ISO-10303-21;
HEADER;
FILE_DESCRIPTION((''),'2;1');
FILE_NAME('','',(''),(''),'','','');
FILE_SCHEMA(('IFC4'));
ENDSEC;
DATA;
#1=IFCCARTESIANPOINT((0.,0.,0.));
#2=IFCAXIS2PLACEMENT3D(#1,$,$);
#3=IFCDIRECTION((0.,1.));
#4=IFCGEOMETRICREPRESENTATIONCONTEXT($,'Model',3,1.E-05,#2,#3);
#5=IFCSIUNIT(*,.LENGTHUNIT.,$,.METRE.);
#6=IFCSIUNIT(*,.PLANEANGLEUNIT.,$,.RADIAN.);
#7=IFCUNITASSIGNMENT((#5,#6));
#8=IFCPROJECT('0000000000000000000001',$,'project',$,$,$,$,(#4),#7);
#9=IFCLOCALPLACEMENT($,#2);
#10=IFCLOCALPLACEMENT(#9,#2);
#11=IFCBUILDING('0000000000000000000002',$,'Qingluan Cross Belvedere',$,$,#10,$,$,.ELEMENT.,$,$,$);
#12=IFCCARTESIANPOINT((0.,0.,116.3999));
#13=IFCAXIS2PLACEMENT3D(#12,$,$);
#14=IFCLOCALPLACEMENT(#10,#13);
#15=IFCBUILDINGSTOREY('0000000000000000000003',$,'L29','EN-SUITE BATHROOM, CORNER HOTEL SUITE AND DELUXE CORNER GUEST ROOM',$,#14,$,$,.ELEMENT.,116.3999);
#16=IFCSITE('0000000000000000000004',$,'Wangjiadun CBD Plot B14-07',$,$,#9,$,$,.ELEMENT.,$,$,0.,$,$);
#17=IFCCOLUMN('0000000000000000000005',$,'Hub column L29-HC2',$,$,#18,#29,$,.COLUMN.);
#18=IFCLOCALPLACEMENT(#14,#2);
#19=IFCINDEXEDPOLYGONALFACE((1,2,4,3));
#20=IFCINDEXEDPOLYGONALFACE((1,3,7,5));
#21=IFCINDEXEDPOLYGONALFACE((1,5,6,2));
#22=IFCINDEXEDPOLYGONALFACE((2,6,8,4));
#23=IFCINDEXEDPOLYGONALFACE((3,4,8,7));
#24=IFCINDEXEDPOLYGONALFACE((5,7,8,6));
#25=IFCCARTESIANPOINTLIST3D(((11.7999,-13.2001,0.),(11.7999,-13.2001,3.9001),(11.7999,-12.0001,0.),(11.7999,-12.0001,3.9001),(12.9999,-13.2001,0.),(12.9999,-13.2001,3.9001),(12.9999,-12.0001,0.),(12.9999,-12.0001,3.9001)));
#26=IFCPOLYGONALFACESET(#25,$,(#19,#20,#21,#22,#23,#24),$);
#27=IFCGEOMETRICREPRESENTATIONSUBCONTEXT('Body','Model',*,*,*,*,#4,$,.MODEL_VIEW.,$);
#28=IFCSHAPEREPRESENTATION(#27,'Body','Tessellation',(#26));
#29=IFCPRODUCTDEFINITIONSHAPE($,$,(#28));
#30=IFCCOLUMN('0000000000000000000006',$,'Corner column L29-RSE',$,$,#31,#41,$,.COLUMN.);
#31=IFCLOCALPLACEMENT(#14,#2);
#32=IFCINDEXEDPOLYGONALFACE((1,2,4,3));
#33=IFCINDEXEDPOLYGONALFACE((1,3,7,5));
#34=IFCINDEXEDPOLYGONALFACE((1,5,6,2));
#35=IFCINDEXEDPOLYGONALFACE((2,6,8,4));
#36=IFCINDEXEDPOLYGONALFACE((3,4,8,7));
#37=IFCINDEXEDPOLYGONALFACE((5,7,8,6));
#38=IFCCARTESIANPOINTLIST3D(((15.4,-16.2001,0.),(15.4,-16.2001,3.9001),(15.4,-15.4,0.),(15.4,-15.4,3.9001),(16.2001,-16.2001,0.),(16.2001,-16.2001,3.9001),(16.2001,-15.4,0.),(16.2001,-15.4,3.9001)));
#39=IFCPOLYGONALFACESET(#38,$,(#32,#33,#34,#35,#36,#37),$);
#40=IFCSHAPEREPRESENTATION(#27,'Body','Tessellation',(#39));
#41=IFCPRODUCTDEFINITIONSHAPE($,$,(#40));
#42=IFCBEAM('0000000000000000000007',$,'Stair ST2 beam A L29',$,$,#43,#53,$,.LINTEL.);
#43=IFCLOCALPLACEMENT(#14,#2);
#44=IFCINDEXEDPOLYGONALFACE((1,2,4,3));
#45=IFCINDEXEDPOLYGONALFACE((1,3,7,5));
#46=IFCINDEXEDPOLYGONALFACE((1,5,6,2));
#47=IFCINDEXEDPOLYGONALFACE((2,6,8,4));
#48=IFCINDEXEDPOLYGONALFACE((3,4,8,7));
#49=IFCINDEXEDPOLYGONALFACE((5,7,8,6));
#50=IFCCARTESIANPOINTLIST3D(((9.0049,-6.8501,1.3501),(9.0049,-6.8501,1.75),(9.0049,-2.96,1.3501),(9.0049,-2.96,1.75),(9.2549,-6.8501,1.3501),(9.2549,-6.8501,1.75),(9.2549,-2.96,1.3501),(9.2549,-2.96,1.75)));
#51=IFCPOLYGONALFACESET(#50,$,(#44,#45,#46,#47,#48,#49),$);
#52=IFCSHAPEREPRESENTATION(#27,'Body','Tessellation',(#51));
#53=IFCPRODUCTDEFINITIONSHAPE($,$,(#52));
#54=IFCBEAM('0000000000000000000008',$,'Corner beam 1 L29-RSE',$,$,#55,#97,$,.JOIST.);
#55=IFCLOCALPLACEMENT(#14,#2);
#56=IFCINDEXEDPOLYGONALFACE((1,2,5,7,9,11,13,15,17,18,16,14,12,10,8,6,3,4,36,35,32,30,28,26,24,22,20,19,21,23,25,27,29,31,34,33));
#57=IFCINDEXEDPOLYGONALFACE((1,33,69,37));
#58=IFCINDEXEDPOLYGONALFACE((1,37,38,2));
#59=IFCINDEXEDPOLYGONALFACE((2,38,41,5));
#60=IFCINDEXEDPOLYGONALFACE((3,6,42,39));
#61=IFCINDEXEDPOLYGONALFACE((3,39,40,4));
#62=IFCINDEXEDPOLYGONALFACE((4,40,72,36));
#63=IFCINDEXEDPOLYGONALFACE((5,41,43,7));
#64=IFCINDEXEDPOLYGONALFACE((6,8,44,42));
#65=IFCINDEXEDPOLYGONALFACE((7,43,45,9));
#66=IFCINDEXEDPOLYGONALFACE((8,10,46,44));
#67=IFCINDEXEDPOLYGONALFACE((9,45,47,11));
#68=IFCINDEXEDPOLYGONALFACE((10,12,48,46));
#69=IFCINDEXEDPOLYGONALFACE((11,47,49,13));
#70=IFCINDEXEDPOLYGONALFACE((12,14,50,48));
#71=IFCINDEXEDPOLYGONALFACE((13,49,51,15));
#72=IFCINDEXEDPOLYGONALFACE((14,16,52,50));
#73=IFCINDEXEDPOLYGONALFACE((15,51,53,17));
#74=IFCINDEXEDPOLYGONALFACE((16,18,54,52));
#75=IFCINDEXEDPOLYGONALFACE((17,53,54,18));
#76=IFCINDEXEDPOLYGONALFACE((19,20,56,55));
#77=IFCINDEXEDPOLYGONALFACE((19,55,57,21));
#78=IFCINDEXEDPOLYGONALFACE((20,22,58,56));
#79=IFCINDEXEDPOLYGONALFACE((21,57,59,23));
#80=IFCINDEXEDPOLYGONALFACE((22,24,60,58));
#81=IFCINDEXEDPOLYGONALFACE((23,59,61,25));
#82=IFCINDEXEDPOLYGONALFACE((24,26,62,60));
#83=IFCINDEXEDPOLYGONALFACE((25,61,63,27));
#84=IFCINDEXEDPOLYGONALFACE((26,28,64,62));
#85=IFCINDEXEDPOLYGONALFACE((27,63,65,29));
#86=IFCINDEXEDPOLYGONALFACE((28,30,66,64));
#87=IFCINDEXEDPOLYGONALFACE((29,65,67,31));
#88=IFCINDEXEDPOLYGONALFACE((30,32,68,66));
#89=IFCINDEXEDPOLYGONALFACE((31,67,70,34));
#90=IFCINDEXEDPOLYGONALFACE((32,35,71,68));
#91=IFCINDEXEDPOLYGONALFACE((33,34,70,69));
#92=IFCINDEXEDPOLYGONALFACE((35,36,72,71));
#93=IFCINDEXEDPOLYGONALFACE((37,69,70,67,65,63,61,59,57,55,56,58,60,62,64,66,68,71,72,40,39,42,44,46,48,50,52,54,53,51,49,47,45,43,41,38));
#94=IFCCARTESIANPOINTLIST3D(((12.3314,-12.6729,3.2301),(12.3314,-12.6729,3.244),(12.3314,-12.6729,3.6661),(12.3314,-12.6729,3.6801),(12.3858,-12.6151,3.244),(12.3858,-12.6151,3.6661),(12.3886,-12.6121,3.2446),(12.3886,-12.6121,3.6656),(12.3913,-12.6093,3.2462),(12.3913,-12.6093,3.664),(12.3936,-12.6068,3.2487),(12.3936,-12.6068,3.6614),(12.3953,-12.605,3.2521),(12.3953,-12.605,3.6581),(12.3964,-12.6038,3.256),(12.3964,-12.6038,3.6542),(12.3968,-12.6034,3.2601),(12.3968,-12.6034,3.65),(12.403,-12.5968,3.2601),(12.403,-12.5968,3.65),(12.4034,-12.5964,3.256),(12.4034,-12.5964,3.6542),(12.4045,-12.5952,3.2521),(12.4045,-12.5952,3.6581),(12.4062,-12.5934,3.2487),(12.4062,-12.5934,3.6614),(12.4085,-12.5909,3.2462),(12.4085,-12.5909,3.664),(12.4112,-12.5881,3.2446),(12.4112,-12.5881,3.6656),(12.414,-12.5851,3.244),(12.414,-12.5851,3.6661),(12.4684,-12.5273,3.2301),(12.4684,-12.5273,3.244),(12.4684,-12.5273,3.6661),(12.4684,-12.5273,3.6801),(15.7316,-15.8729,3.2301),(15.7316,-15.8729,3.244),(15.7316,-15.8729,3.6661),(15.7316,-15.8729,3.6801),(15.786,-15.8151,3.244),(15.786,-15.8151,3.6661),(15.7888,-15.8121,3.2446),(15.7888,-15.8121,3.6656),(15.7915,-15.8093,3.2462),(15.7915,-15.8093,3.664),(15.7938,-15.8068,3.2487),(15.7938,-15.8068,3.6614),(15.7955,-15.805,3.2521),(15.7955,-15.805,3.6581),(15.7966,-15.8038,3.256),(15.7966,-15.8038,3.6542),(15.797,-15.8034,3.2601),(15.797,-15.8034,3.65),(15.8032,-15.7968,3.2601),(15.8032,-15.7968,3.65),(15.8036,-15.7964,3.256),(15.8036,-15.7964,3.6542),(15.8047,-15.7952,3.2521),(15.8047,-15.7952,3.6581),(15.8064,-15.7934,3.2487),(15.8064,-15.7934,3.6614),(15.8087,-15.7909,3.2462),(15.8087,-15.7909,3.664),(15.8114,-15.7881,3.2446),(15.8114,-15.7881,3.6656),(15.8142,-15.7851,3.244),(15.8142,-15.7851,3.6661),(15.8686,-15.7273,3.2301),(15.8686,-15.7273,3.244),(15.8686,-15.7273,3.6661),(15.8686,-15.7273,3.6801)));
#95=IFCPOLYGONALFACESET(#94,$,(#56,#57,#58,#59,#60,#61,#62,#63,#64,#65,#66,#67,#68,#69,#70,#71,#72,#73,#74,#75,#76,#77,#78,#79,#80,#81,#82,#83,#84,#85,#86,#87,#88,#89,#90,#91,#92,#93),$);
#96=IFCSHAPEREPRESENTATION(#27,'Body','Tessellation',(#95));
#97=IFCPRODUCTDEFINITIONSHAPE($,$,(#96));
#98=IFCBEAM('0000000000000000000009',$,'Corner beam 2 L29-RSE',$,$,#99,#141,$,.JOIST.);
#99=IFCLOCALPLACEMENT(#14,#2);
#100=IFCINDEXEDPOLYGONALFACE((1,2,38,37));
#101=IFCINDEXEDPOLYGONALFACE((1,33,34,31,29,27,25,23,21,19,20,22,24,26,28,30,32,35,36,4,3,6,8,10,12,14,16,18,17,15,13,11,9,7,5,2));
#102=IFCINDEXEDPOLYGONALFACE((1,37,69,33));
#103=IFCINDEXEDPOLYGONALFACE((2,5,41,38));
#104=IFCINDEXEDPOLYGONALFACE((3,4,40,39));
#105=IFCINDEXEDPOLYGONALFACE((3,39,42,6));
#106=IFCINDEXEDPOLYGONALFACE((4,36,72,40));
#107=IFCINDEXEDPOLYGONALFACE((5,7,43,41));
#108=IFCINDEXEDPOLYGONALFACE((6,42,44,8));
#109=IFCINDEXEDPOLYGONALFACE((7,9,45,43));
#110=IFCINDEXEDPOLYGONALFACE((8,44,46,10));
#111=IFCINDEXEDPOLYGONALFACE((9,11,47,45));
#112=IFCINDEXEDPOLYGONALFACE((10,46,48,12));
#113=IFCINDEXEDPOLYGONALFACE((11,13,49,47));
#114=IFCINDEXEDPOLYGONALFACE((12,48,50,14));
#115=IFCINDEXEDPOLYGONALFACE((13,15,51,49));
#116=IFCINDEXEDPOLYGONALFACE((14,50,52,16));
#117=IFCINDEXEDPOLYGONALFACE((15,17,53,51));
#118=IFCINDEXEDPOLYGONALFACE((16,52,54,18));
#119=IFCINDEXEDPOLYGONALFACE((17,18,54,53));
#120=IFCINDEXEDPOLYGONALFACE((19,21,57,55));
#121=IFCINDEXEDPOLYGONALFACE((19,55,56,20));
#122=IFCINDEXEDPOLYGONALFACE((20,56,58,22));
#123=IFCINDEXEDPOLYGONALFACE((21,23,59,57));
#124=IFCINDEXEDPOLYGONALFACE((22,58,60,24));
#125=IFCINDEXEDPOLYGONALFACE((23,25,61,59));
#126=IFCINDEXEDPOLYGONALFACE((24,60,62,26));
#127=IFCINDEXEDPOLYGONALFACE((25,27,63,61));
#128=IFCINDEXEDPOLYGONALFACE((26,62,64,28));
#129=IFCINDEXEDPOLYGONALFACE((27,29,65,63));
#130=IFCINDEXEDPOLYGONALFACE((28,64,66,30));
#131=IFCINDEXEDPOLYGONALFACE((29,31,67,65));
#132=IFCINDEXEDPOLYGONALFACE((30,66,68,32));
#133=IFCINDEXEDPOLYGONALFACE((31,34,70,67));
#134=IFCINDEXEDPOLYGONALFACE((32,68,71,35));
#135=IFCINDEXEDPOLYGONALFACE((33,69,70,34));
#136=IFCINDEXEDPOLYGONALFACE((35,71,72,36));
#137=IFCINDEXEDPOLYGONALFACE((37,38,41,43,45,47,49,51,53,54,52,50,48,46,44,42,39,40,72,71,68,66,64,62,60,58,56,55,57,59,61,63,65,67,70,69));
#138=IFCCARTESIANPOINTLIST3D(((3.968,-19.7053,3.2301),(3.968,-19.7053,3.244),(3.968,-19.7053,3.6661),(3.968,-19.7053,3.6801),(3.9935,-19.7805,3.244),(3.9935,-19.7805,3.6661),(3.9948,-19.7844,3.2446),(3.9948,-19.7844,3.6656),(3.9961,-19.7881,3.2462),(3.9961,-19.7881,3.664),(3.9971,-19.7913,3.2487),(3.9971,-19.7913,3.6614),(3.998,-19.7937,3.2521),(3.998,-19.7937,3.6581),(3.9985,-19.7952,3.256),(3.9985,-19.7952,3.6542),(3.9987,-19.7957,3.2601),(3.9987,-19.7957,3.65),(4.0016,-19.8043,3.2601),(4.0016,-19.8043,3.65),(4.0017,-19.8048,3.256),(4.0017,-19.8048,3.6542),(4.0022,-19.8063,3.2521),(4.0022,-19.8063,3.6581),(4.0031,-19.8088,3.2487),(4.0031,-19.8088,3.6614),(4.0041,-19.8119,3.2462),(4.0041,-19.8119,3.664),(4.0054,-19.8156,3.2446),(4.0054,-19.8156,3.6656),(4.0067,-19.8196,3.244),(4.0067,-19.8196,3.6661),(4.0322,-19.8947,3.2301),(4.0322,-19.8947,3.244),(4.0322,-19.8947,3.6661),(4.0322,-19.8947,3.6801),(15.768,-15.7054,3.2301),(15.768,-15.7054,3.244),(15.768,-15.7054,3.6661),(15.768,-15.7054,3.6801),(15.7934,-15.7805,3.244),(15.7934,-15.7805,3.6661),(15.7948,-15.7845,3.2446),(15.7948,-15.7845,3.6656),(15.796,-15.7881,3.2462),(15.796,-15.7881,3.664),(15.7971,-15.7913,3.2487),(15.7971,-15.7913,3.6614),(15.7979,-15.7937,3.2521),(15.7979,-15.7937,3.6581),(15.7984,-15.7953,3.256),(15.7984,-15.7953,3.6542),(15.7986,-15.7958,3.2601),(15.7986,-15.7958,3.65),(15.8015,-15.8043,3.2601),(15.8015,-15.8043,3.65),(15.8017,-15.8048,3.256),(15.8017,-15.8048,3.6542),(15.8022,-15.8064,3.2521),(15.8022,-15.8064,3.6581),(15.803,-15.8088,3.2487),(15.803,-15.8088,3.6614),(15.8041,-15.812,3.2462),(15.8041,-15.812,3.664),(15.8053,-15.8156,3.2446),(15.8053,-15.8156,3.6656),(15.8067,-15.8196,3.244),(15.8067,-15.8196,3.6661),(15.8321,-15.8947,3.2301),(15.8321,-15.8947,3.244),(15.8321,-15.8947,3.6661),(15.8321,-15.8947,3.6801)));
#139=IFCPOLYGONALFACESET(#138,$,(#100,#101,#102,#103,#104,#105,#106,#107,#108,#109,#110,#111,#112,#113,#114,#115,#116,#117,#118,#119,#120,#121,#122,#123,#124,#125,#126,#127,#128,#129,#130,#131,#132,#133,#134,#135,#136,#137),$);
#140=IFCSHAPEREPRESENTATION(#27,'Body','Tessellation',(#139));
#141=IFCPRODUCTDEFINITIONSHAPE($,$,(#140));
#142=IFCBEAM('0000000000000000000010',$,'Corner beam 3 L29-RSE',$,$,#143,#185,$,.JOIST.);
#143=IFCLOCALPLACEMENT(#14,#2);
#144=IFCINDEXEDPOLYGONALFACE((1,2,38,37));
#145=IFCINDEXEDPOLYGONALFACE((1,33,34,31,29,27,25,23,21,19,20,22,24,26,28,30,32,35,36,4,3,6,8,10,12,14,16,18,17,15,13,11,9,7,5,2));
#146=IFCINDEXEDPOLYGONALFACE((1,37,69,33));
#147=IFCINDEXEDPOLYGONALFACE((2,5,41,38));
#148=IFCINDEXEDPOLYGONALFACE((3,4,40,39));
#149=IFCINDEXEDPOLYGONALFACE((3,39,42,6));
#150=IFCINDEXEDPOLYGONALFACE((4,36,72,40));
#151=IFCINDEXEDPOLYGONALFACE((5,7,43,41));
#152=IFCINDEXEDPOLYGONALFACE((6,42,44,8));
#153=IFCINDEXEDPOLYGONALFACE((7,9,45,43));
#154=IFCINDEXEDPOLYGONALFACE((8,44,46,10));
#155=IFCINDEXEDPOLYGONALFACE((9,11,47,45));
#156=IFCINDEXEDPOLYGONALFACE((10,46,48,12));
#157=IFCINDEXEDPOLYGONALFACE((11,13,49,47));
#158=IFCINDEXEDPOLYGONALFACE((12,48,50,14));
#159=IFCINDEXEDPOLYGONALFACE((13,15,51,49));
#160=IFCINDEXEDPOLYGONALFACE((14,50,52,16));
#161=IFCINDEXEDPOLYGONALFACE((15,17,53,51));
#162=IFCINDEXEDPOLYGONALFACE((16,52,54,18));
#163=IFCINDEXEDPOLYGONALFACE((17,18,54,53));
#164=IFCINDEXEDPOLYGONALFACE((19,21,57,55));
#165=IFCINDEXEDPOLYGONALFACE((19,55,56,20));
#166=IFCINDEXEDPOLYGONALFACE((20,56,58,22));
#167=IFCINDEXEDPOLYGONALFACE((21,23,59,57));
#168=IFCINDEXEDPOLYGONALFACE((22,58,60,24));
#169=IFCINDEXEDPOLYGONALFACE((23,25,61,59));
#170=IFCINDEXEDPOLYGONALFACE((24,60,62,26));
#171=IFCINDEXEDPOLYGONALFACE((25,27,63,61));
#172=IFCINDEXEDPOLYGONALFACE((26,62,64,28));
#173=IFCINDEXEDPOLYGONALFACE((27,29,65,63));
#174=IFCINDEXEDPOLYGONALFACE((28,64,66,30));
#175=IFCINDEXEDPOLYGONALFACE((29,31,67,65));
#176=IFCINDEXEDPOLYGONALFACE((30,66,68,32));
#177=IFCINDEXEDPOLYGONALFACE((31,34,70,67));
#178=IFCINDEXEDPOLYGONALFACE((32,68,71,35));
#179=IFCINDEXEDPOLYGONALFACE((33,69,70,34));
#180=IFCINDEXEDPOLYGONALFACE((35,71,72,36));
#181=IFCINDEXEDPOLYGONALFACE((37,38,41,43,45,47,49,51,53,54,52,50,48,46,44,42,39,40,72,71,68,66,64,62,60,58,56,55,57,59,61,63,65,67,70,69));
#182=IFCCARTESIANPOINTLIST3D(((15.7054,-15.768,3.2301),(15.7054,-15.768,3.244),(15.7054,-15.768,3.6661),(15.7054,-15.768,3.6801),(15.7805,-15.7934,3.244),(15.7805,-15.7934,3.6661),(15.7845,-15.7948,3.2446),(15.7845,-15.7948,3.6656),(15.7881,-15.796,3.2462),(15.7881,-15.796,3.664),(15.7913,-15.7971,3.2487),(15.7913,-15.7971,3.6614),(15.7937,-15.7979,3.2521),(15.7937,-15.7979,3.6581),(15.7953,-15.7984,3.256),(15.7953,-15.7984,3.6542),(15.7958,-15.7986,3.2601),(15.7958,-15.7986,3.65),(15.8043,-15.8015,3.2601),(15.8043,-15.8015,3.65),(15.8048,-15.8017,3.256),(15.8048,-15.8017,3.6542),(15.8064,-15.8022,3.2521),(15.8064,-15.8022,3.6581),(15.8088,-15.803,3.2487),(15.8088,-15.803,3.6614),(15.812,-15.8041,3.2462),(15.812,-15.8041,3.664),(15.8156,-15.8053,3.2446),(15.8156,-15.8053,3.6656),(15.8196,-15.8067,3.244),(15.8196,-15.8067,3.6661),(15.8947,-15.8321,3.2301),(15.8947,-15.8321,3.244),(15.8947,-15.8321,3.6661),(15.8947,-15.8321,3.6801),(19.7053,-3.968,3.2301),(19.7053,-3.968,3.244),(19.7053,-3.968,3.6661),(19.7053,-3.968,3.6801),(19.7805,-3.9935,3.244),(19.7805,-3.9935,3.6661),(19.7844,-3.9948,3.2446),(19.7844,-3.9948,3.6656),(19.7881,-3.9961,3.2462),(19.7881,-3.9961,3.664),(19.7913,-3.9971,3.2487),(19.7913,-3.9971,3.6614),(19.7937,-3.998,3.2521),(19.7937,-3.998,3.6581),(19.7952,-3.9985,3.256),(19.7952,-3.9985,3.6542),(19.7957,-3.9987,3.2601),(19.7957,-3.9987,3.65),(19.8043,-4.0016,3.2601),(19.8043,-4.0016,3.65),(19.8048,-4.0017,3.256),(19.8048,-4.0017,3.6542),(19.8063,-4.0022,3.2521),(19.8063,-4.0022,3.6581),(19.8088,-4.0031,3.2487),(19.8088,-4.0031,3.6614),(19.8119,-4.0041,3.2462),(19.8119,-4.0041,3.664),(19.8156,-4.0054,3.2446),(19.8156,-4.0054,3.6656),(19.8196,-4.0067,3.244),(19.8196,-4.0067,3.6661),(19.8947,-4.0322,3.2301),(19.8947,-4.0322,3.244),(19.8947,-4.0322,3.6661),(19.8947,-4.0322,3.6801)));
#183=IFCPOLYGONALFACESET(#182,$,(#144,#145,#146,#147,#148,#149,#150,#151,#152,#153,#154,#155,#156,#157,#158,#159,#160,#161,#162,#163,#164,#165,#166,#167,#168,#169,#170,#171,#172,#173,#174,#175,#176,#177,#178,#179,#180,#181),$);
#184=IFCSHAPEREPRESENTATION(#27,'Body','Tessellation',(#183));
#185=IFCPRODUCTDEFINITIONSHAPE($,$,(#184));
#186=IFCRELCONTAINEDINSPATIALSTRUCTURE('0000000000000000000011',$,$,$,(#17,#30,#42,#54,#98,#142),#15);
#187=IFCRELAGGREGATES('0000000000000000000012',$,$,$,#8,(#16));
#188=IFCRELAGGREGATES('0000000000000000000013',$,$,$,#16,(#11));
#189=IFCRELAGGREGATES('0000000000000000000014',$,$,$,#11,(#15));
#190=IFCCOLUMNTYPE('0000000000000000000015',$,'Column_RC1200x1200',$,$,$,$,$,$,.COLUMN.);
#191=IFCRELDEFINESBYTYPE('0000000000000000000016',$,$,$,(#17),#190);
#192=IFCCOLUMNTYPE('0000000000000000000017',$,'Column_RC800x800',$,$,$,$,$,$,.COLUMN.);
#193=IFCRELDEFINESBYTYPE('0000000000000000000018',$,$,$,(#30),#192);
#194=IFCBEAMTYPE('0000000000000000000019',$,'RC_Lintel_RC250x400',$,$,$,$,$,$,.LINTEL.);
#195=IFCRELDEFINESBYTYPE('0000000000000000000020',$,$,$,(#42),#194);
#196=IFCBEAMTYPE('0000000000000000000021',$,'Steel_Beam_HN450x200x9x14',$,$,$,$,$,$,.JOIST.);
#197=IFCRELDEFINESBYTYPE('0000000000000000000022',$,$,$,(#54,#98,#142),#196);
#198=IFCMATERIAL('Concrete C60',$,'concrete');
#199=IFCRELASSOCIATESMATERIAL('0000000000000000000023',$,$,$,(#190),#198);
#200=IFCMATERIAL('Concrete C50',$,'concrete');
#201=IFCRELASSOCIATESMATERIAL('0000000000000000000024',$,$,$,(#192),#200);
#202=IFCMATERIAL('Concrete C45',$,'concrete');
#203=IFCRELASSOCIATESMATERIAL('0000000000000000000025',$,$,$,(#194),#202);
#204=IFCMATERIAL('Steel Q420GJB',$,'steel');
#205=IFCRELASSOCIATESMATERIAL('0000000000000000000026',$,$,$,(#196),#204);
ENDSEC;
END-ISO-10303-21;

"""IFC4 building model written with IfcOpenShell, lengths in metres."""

from ifc_helpers import new_model, si_unit, direction, frame, origin, origin_2d, place, context, subcontext, project, spatial, rectangle, i_section, extrude, material, material_profile, profile_set, type_object, element, save


model = new_model("IFC4")

# Units and contexts
model_context = context("Model", 3, precision=1e-05, world=origin(), true_north=direction((0.0, 1.0)))
body_context = subcontext(model_context, "Body", "Model", "MODEL_VIEW")
ifc_project = project(units=[si_unit("LENGTHUNIT", "METRE"), si_unit("PLANEANGLEUNIT", "RADIAN")], contexts=[model_context])

# Site, building, storey
site_placement = place(None, origin())
site = spatial("IfcSite", under=ifc_project, at=site_placement, Name="Wangjiadun CBD Plot B14-07", CompositionType="ELEMENT", RefElevation=0.0)
building_placement = place(site_placement, origin())
building = spatial("IfcBuilding", under=site, at=building_placement, Name="Qingluan Cross Belvedere", CompositionType="ELEMENT")
storey_placement = place(building_placement, frame((0.0, 0.0, 116.3999)))
storey = spatial("IfcBuildingStorey", under=building, at=storey_placement, Name="L29", Description="EN-SUITE BATHROOM, CORNER HOTEL SUITE AND DELUXE CORNER GUEST ROOM", CompositionType="ELEMENT", Elevation=116.3999)

# Columns
ifc_material_1 = material(Name="Concrete C60", Category="concrete")
ifc_material_profile_1 = material_profile(ifc_material_1, rectangle(XDim=1.2, YDim=1.2, at=origin_2d()), Name="RC1200x1200")
ifc_profile_set_1 = profile_set([ifc_material_profile_1], Name="Concrete C60")
column_type_1 = type_object("IfcColumnType", Name="Column_RC1200x1200", PredefinedType="COLUMN", material=ifc_profile_set_1)
column_1_placement = place(storey_placement, frame((12.3999, -12.6001, 0.0), z_axis=(0.0, 0.0, 1.0), x_axis=(1.0, 0.0, 0.0)))
element("IfcColumn", 1, at=column_1_placement, inside=storey, type_object=column_type_1, Name="Hub column L29-HC2", PredefinedType="COLUMN", context=body_context, shape_type="SweptSolid", body=[
    extrude(rectangle(XDim=1.2, YDim=1.2, at=origin_2d()), origin(), (0.0, 0.0, 1.0), 3.9001),
])
ifc_material_2 = material(Name="Concrete C50", Category="concrete")
ifc_material_profile_2 = material_profile(ifc_material_2, rectangle(XDim=0.8, YDim=0.8, at=origin_2d()), Name="RC800x800")
ifc_profile_set_2 = profile_set([ifc_material_profile_2], Name="Concrete C50")
column_type_2 = type_object("IfcColumnType", Name="Column_RC800x800", PredefinedType="COLUMN", material=ifc_profile_set_2)
column_2_placement = place(storey_placement, frame((15.8, -15.8, 0.0), z_axis=(0.0, 0.0, 1.0), x_axis=(1.0, 0.0, 0.0)))
element("IfcColumn", 2, at=column_2_placement, inside=storey, type_object=column_type_2, Name="Corner column L29-RSE", PredefinedType="COLUMN", context=body_context, shape_type="SweptSolid", body=[
    extrude(rectangle(XDim=0.8, YDim=0.8, at=origin_2d()), origin(), (0.0, 0.0, 1.0), 3.9001),
])

# Beams
ifc_material_3 = material(Name="Concrete C45", Category="concrete")
ifc_material_profile_3 = material_profile(ifc_material_3, rectangle(XDim=0.25, YDim=0.3999, at=origin_2d()), Name="RC250x400")
ifc_profile_set_3 = profile_set([ifc_material_profile_3], Name="Concrete C45")
beam_type_1 = type_object("IfcBeamType", Name="RC_Lintel_RC250x400", PredefinedType="LINTEL", material=ifc_profile_set_3)
beam_1_placement = place(storey_placement, frame((9.1299, -6.8501, 1.55), z_axis=(0.0, 1.0, 0.0), x_axis=(-1.0, 0.0, 0.0)))
element("IfcBeam", 3, at=beam_1_placement, inside=storey, type_object=beam_type_1, Name="Stair ST2 beam A L29", PredefinedType="LINTEL", context=body_context, shape_type="SweptSolid", body=[
    extrude(rectangle(XDim=0.25, YDim=0.3999, at=origin_2d()), origin(), (0.0, 0.0, 1.0), 3.8901),
])
ifc_material_4 = material(Name="Steel Q420GJB", Category="steel")
ifc_material_profile_4 = material_profile(ifc_material_4, i_section(OverallWidth=0.2, OverallDepth=0.45, WebThickness=0.009, FlangeThickness=0.0139, FilletRadius=0.0161, at=origin_2d()), Name="HN450x200x9x14")
ifc_profile_set_4 = profile_set([ifc_material_profile_4], Name="Steel Q420GJB")
beam_type_2 = type_object("IfcBeamType", Name="Steel_Beam_HN450x200x9x14", PredefinedType="JOIST", material=ifc_profile_set_4)
beam_2_placement = place(storey_placement, frame((12.3999, -12.6001, 3.4551), z_axis=(0.72822, -0.685343, 0.0), x_axis=(0.685343, 0.72822, 0.0)))
element("IfcBeam", 4, at=beam_2_placement, inside=storey, type_object=beam_type_2, Name="Corner beam 1 L29-RSE", PredefinedType="JOIST", context=body_context, shape_type="SweptSolid", body=[
    extrude(i_section(OverallWidth=0.2, OverallDepth=0.45, WebThickness=0.009, FlangeThickness=0.0139, FilletRadius=0.0161, at=origin_2d()), origin(), (0.0, 0.0, 1.0), 4.6692),
])
for number, where, z_axis, x_axis, name in (
    (5, (15.8, -15.8, 3.4551), (-0.947066, -0.321038, 0.0), (0.321038, -0.947066, 0.0), "Corner beam 2 L29-RSE"),
    (6, (15.8, -15.8, 3.4551), (0.321038, 0.947066, 0.0), (-0.947066, 0.321038, 0.0), "Corner beam 3 L29-RSE"),
):
    element("IfcBeam", number, at=place(storey_placement, frame(where, z_axis=z_axis, x_axis=x_axis)), inside=storey, type_object=beam_type_2, Name=name, PredefinedType="JOIST", context=body_context, shape_type="SweptSolid", body=[
        extrude(i_section(OverallWidth=0.2, OverallDepth=0.45, WebThickness=0.009, FlangeThickness=0.0139, FilletRadius=0.0161, at=origin_2d()), origin(), (0.0, 0.0, 1.0), 12.4595),
    ])

save(model, "model.ifc")
